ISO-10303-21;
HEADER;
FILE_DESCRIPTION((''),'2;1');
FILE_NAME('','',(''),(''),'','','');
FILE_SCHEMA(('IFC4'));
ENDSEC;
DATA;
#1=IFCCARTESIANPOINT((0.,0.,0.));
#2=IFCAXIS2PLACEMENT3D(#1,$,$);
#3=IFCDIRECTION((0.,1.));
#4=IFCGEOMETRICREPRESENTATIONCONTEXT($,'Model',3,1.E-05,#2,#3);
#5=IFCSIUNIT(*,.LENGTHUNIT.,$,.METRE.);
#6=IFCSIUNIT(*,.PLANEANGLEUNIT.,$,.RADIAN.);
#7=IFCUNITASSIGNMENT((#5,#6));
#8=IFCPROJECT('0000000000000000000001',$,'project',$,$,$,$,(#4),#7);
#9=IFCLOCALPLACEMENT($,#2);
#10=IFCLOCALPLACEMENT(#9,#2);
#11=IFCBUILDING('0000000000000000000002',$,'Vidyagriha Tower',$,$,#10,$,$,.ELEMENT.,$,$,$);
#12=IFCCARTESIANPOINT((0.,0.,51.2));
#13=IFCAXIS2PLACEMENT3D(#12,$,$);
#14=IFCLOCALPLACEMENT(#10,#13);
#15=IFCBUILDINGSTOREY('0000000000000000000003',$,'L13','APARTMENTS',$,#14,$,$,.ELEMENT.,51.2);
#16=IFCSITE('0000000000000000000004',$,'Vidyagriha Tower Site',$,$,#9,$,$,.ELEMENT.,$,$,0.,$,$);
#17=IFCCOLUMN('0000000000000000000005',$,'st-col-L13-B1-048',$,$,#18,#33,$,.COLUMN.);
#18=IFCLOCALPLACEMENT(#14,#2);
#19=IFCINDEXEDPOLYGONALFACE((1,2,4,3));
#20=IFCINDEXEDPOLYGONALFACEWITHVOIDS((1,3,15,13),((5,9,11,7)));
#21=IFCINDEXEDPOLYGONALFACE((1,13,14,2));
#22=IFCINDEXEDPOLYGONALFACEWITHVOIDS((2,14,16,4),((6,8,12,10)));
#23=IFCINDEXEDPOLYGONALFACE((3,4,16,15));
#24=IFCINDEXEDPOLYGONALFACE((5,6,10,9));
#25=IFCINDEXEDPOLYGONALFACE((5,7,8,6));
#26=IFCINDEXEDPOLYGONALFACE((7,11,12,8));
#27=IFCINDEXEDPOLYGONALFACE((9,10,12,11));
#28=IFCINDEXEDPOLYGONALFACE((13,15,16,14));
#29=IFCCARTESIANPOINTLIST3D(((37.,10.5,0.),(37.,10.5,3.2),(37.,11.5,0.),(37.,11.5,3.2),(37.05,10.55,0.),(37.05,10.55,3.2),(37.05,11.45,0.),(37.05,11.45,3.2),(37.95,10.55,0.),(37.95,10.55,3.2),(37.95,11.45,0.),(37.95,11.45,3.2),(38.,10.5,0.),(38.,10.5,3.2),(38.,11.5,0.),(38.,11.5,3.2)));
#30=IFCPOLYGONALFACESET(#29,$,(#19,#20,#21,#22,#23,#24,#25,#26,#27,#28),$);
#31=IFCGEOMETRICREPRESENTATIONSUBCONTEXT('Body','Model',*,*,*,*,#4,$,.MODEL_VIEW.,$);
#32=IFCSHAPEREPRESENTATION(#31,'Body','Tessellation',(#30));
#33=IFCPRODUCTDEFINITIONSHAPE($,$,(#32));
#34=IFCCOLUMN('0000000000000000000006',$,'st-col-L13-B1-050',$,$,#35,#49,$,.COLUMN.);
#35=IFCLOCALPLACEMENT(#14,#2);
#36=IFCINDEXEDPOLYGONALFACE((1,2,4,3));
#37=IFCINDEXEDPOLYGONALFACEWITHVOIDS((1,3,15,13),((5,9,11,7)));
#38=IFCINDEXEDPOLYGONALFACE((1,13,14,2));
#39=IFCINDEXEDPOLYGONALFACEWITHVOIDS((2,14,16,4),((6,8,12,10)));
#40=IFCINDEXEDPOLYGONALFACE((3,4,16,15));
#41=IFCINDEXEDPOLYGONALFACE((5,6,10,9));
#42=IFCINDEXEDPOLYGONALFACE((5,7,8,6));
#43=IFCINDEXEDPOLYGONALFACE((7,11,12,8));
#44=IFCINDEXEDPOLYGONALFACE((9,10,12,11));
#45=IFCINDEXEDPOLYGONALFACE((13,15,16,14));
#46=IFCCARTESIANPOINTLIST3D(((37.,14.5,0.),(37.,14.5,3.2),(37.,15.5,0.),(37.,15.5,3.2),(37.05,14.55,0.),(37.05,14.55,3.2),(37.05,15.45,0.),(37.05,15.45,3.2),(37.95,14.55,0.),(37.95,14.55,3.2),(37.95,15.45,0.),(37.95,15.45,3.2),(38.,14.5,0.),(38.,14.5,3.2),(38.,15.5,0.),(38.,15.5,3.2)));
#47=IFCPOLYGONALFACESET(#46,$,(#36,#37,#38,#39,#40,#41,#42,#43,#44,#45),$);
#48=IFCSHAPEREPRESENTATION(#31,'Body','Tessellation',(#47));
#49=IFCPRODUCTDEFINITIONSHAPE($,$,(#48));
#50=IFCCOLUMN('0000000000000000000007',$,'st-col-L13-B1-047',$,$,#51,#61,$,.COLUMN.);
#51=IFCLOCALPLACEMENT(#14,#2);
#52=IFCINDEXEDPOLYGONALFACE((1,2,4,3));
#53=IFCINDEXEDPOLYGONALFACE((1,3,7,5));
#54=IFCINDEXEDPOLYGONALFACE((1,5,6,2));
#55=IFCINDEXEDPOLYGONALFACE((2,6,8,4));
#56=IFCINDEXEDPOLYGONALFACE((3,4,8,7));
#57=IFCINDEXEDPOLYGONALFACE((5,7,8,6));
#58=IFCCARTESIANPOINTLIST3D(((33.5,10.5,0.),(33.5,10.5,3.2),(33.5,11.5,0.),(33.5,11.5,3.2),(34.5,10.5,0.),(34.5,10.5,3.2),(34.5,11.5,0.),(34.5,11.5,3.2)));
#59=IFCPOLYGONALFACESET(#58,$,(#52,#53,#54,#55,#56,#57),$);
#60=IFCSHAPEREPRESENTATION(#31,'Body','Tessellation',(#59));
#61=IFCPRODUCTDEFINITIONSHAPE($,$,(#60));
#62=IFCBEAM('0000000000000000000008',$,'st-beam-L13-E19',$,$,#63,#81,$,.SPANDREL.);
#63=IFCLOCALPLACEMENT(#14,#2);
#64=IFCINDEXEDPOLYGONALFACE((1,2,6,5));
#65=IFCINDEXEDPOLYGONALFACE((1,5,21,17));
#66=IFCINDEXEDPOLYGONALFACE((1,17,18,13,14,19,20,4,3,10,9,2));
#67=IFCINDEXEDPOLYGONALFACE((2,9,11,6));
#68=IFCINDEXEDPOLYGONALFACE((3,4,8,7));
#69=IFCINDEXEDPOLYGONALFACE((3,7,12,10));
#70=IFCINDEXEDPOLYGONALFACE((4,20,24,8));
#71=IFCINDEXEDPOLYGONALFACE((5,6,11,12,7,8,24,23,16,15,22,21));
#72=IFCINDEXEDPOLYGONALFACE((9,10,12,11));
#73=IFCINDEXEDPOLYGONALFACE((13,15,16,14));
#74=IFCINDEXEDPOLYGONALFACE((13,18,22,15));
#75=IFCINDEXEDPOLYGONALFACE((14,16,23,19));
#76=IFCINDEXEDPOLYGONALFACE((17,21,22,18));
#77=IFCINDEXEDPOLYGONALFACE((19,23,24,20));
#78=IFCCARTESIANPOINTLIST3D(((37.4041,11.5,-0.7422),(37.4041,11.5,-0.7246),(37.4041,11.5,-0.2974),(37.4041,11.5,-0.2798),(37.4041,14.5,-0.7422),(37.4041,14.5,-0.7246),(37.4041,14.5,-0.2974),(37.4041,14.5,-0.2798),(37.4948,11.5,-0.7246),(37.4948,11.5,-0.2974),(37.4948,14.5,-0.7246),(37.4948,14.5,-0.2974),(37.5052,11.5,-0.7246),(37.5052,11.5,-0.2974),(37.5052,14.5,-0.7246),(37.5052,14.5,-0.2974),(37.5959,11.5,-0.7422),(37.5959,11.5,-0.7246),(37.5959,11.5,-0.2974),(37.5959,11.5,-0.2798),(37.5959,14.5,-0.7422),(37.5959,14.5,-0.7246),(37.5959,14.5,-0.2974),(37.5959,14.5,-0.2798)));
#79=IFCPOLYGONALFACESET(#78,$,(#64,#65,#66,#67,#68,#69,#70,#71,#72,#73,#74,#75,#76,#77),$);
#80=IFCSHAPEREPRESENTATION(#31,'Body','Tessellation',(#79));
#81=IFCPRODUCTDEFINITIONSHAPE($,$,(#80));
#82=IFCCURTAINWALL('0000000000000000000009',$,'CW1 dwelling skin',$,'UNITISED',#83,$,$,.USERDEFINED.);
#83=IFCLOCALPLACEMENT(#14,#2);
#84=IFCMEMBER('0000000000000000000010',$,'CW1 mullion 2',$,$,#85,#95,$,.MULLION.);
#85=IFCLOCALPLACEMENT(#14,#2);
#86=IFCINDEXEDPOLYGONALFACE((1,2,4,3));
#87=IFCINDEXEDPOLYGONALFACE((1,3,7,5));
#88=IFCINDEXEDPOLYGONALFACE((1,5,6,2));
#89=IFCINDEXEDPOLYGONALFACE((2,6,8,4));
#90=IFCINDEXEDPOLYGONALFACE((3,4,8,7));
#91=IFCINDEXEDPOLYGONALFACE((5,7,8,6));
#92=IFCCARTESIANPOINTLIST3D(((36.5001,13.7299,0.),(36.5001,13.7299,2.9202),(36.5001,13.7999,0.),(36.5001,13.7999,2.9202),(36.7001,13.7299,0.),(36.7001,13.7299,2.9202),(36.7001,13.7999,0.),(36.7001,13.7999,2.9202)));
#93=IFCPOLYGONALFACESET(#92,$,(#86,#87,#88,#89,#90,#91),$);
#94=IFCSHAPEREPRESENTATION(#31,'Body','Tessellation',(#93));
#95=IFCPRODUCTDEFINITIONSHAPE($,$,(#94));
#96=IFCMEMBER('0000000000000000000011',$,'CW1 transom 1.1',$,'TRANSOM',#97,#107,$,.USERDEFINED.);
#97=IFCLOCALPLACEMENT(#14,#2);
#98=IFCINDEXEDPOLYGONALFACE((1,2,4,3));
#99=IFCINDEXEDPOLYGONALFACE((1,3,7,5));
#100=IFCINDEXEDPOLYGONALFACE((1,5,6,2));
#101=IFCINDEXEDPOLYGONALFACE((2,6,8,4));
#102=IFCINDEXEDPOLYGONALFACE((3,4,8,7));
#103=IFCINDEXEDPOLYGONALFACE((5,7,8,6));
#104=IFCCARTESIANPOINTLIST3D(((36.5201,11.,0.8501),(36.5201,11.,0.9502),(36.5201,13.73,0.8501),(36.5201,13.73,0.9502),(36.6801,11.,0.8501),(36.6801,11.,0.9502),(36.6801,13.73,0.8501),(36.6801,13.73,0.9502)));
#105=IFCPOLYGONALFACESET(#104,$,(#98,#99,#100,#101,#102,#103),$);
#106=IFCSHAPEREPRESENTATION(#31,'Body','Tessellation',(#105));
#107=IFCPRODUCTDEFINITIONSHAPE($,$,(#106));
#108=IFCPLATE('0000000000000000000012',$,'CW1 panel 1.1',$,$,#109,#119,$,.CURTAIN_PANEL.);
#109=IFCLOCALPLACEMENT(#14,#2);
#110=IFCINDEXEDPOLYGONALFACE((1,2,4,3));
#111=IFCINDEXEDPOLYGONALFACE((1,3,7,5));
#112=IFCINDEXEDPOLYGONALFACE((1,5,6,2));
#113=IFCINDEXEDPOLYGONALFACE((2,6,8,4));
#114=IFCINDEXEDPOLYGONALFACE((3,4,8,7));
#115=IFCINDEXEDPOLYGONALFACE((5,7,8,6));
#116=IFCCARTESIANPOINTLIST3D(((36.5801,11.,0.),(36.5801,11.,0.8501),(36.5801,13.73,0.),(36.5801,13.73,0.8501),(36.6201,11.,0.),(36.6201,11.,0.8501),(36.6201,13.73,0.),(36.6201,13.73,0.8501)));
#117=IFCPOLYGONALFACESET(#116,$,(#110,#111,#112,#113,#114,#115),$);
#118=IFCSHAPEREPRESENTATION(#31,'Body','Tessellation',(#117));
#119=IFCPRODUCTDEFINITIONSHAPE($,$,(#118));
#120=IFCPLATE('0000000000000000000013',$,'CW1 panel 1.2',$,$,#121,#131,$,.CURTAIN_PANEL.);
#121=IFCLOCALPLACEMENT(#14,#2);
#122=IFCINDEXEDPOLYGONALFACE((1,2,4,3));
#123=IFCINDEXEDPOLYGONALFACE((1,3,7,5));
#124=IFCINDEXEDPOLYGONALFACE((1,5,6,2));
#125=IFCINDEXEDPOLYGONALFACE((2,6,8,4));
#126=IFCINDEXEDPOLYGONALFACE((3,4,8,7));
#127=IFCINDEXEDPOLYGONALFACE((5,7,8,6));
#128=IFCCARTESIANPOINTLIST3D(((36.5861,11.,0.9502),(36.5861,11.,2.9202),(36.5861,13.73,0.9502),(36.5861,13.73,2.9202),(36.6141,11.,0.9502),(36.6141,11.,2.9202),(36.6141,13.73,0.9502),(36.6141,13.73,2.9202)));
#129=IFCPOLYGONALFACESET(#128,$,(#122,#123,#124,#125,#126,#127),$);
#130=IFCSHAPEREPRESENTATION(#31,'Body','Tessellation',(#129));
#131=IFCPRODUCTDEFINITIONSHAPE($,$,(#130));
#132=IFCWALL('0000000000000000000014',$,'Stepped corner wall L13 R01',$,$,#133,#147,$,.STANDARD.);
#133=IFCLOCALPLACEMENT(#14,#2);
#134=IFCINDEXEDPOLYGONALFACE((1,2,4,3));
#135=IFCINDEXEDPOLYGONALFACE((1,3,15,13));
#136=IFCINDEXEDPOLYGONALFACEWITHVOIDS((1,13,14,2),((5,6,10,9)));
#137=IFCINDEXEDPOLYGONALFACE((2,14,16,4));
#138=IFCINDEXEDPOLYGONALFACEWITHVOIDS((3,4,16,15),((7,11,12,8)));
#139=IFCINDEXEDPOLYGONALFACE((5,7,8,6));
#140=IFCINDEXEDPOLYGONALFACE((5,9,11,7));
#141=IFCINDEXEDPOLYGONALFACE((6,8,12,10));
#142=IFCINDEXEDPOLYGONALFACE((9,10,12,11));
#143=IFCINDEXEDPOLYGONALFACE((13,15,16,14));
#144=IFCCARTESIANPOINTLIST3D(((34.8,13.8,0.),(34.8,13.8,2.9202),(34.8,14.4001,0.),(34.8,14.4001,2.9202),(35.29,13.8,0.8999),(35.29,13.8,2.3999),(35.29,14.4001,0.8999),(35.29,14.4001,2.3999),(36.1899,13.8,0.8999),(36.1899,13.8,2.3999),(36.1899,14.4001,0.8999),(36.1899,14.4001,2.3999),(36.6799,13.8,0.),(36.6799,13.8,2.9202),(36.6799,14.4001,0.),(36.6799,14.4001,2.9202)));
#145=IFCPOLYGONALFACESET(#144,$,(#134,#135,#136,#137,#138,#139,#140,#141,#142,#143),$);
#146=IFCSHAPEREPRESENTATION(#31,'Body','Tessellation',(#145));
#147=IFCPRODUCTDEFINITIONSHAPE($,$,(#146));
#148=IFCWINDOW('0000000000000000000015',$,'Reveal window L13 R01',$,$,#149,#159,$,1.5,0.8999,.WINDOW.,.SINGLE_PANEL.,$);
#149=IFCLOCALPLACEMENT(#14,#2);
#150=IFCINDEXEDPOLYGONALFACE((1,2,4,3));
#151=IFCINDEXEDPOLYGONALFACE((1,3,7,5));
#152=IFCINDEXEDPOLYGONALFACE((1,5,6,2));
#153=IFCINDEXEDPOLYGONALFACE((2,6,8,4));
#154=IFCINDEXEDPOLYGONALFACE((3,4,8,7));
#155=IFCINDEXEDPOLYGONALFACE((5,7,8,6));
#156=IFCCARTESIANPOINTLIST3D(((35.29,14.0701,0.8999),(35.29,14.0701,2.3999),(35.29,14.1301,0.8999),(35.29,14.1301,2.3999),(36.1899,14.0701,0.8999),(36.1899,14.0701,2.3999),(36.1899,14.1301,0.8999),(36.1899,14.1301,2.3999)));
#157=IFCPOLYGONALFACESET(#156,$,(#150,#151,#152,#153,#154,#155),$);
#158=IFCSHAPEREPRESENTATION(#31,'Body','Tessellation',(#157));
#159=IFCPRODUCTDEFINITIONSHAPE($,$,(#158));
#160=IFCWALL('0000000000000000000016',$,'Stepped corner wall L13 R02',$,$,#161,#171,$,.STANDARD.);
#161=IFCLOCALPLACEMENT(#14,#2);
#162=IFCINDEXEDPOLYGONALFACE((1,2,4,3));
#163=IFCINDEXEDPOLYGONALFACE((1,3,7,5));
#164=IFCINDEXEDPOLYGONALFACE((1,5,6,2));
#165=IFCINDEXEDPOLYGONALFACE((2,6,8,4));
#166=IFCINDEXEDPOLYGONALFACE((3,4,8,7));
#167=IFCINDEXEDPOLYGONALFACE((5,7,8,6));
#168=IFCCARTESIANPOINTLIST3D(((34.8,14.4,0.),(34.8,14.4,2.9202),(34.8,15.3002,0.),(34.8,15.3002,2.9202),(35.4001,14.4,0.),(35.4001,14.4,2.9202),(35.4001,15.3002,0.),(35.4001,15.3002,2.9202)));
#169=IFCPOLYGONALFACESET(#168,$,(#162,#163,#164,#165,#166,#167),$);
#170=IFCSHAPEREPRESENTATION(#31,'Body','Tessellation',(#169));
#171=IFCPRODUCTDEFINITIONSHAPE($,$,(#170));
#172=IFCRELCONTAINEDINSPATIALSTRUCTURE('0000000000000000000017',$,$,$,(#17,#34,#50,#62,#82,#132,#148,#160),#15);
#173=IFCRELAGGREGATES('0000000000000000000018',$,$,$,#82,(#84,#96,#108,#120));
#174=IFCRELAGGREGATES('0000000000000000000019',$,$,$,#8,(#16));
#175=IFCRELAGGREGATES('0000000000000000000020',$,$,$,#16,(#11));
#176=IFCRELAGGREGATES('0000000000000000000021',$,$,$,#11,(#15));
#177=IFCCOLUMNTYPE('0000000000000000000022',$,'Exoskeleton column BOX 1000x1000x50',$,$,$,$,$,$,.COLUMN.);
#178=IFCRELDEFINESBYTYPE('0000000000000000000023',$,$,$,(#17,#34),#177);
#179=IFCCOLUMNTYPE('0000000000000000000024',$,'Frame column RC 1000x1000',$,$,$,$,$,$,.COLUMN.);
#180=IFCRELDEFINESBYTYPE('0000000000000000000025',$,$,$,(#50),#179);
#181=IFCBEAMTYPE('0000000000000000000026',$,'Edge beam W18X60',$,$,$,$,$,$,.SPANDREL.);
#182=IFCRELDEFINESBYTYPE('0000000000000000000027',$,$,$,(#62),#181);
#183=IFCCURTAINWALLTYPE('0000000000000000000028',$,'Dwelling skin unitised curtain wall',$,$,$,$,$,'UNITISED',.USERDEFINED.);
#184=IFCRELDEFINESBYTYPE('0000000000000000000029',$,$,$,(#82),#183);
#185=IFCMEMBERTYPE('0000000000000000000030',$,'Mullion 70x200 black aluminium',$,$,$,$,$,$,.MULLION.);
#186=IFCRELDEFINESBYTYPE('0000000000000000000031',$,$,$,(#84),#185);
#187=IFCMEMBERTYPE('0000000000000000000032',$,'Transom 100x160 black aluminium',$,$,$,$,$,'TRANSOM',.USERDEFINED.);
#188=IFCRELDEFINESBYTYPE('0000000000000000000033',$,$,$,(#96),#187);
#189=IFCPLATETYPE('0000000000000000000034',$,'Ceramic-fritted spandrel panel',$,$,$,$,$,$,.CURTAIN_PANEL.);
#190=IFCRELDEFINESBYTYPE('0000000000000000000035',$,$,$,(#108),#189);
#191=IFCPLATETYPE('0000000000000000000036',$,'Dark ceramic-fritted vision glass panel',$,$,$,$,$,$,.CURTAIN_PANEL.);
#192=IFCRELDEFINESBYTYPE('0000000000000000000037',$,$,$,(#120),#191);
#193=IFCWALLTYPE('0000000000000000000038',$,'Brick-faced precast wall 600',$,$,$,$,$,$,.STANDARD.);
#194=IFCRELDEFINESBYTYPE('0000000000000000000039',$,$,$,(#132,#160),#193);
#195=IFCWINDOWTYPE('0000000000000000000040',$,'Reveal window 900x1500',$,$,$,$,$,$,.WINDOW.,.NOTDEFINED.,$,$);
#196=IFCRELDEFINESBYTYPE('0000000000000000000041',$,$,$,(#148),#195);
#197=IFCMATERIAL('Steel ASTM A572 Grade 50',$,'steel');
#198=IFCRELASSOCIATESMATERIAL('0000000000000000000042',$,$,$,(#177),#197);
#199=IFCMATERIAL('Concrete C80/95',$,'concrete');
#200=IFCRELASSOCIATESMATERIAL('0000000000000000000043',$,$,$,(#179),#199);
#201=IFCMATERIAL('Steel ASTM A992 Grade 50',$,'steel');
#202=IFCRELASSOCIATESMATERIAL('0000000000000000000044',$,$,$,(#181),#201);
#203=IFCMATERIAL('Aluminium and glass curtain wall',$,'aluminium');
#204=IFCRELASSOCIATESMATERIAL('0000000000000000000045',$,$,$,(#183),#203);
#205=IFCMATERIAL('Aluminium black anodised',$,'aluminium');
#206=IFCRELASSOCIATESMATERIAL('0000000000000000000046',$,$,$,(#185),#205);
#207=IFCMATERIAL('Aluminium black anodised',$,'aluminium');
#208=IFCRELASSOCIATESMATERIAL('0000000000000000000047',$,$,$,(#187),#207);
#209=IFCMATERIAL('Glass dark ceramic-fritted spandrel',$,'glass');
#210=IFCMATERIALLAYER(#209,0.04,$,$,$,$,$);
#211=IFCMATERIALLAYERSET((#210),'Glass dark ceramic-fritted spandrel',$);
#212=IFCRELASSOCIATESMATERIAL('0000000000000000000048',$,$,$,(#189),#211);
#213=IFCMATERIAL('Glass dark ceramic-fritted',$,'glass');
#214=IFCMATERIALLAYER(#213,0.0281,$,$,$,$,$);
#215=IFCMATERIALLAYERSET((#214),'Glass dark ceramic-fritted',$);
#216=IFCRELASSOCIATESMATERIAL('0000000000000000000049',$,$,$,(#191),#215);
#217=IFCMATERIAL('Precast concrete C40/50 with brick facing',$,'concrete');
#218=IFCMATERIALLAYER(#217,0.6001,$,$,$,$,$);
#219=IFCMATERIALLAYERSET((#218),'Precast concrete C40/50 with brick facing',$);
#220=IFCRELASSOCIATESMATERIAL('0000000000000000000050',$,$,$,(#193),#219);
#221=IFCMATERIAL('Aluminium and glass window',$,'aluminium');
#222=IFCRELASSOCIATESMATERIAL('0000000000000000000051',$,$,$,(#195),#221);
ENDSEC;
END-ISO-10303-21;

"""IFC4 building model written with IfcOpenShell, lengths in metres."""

from ifc_helpers import new_model, si_unit, direction, frame, frame_2d, origin, origin_2d, place, context, subcontext, project, spatial, rectangle, hollow_rectangle, i_section, extrude, material, layer, layer_set, material_profile, profile_set, type_object, element, fill, aggregate, save


model = new_model("IFC4")

# Units and contexts
model_context = context("Model", 3, precision=1e-05, world=origin(), true_north=direction((0.0, 1.0)))
body_context = subcontext(model_context, "Body", "Model", "MODEL_VIEW")
ifc_project = project(units=[si_unit("LENGTHUNIT", "METRE"), si_unit("PLANEANGLEUNIT", "RADIAN")], contexts=[model_context])

# Site, building, storey
site_placement = place(None, origin())
site = spatial("IfcSite", under=ifc_project, at=site_placement, Name="Vidyagriha Tower Site", CompositionType="ELEMENT", RefElevation=0.0)
building_placement = place(site_placement, origin())
building = spatial("IfcBuilding", under=site, at=building_placement, Name="Vidyagriha Tower", CompositionType="ELEMENT")
storey_placement = place(building_placement, frame((0.0, 0.0, 51.2)))
storey = spatial("IfcBuildingStorey", under=building, at=storey_placement, Name="L13", Description="APARTMENTS", CompositionType="ELEMENT", Elevation=51.2)

# Columns
ifc_material_1 = material(Name="Steel ASTM A572 Grade 50", Category="steel")
ifc_material_profile_1 = material_profile(ifc_material_1, hollow_rectangle(XDim=1.0, YDim=1.0, WallThickness=0.05, at=origin_2d()), Name="BOX 1000x1000x50")
ifc_profile_set_1 = profile_set([ifc_material_profile_1], Name="Steel ASTM A572 Grade 50")
column_type_1 = type_object("IfcColumnType", Name="Exoskeleton column BOX 1000x1000x50", PredefinedType="COLUMN", material=ifc_profile_set_1)
for number, where, name in (
    (1, (37.5, 11.0, 0.0), "st-col-L13-B1-048"),
    (2, (37.5, 15.0, 0.0), "st-col-L13-B1-050"),
):
    element("IfcColumn", number, at=place(storey_placement, frame(where)), inside=storey, type_object=column_type_1, Name=name, PredefinedType="COLUMN", context=body_context, shape_type="SweptSolid", body=[
        extrude(hollow_rectangle(XDim=1.0, YDim=1.0, WallThickness=0.05, at=origin_2d()), origin(), (0.0, 0.0, 1.0), 3.2),
    ])
ifc_material_2 = material(Name="Concrete C80/95", Category="concrete")
ifc_material_profile_2 = material_profile(ifc_material_2, rectangle(XDim=1.0, YDim=1.0, at=origin_2d()), Name="RC 1000x1000")
ifc_profile_set_2 = profile_set([ifc_material_profile_2], Name="Concrete C80/95")
column_type_2 = type_object("IfcColumnType", Name="Frame column RC 1000x1000", PredefinedType="COLUMN", material=ifc_profile_set_2)
column_placement = place(storey_placement, frame((34.0, 11.0, 0.0)))
element("IfcColumn", 3, at=column_placement, inside=storey, type_object=column_type_2, Name="st-col-L13-B1-047", PredefinedType="COLUMN", context=body_context, shape_type="SweptSolid", body=[
    extrude(rectangle(XDim=1.0, YDim=1.0, at=origin_2d()), origin(), (0.0, 0.0, 1.0), 3.2),
])

# Beam
ifc_material_3 = material(Name="Steel ASTM A992 Grade 50", Category="steel")
ifc_material_profile_3 = material_profile(ifc_material_3, i_section(OverallWidth=0.1919, OverallDepth=0.4624, WebThickness=0.0105, FlangeThickness=0.0176, at=origin_2d()), Name="W18X60")
ifc_profile_set_3 = profile_set([ifc_material_profile_3], Name="Steel ASTM A992 Grade 50")
beam_type = type_object("IfcBeamType", Name="Edge beam W18X60", PredefinedType="SPANDREL", material=ifc_profile_set_3)
beam_placement = place(storey_placement, frame((37.5, 11.5, -0.511), z_axis=(0.0, 1.0, 0.0), x_axis=(-1.0, 0.0, 0.0)))
element("IfcBeam", 4, at=beam_placement, inside=storey, type_object=beam_type, Name="st-beam-L13-E19", PredefinedType="SPANDREL", context=body_context, shape_type="SweptSolid", body=[
    extrude(i_section(OverallWidth=0.1919, OverallDepth=0.4624, WebThickness=0.0105, FlangeThickness=0.0176, at=origin_2d()), origin(), (0.0, 0.0, 1.0), 3.0),
])

# Curtain wall, members, plates
ifc_material_4 = material(Name="Aluminium and glass curtain wall", Category="aluminium")
curtain_wall_type = type_object("IfcCurtainWallType", Name="Dwelling skin unitised curtain wall", ElementType="UNITISED", PredefinedType="USERDEFINED", material=ifc_material_4)
curtain_wall_placement = place(storey_placement, origin())
curtain_wall = element("IfcCurtainWall", 5, at=curtain_wall_placement, inside=storey, type_object=curtain_wall_type, Name="CW1 dwelling skin", ObjectType="UNITISED", PredefinedType="USERDEFINED")
ifc_material_5 = material(Name="Aluminium black anodised", Category="aluminium")
ifc_material_profile_4 = material_profile(ifc_material_5, rectangle(XDim=0.2, YDim=0.0701, at=origin_2d()), Name="Mullion 70x200 black aluminium")
ifc_profile_set_4 = profile_set([ifc_material_profile_4], Name="Aluminium black anodised")
member_type_1 = type_object("IfcMemberType", Name="Mullion 70x200 black aluminium", PredefinedType="MULLION", material=ifc_profile_set_4)
member_1_placement = place(storey_placement, frame((36.6001, 13.7649, 0.0), z_axis=(0.0, 0.0, 1.0), x_axis=(-1.0, 0.0, 0.0)))
member_1 = element("IfcMember", 6, at=member_1_placement, type_object=member_type_1, Name="CW1 mullion 2", PredefinedType="MULLION", context=body_context, shape_type="SweptSolid", body=[
    extrude(rectangle(XDim=0.2, YDim=0.0701, at=origin_2d()), origin(), (0.0, 0.0, 1.0), 2.9202),
])
ifc_material_6 = material(Name="Aluminium black anodised", Category="aluminium")
ifc_material_profile_5 = material_profile(ifc_material_6, rectangle(XDim=0.1599, YDim=0.1001, at=origin_2d()), Name="Transom 100x160 black aluminium")
ifc_profile_set_5 = profile_set([ifc_material_profile_5], Name="Aluminium black anodised")
member_type_2 = type_object("IfcMemberType", Name="Transom 100x160 black aluminium", ElementType="TRANSOM", PredefinedType="USERDEFINED", material=ifc_profile_set_5)
member_2_placement = place(storey_placement, frame((36.6001, 11.0, 0.9001), z_axis=(0.0, 1.0, 0.0), x_axis=(-1.0, 0.0, 0.0)))
member_2 = element("IfcMember", 7, at=member_2_placement, type_object=member_type_2, Name="CW1 transom 1.1", ObjectType="TRANSOM", PredefinedType="USERDEFINED", context=body_context, shape_type="SweptSolid", body=[
    extrude(rectangle(XDim=0.1599, YDim=0.1001, at=origin_2d()), origin(), (0.0, 0.0, 1.0), 2.73),
])
ifc_material_7 = material(Name="Glass dark ceramic-fritted spandrel", Category="glass")
ifc_layer_1 = layer(ifc_material_7, 0.04)
ifc_layer_set_1 = layer_set([ifc_layer_1], Name="Glass dark ceramic-fritted spandrel")
plate_type_1 = type_object("IfcPlateType", Name="Ceramic-fritted spandrel panel", PredefinedType="CURTAIN_PANEL", material=ifc_layer_set_1)
plate_1_placement = place(storey_placement, frame((36.6001, 12.365, 0.0), z_axis=(0.0, 0.0, 1.0), x_axis=(0.0, 1.0, 0.0)))
plate_1 = element("IfcPlate", 8, at=plate_1_placement, type_object=plate_type_1, Name="CW1 panel 1.1", PredefinedType="CURTAIN_PANEL", context=body_context, shape_type="SweptSolid", body=[
    extrude(rectangle(XDim=2.73, YDim=0.04, at=origin_2d()), origin(), (0.0, 0.0, 1.0), 0.8501),
])
ifc_material_8 = material(Name="Glass dark ceramic-fritted", Category="glass")
ifc_layer_2 = layer(ifc_material_8, 0.0281)
ifc_layer_set_2 = layer_set([ifc_layer_2], Name="Glass dark ceramic-fritted")
plate_type_2 = type_object("IfcPlateType", Name="Dark ceramic-fritted vision glass panel", PredefinedType="CURTAIN_PANEL", material=ifc_layer_set_2)
plate_2_placement = place(storey_placement, frame((36.6001, 12.365, 0.9502), z_axis=(0.0, 0.0, 1.0), x_axis=(0.0, 1.0, 0.0)))
plate_2 = element("IfcPlate", 9, at=plate_2_placement, type_object=plate_type_2, Name="CW1 panel 1.2", PredefinedType="CURTAIN_PANEL", context=body_context, shape_type="SweptSolid", body=[
    extrude(rectangle(XDim=2.73, YDim=0.0281, at=origin_2d()), origin(), (0.0, 0.0, 1.0), 1.97),
])
aggregate(curtain_wall, [member_1, member_2, plate_1, plate_2])

# Wall, opening, window
ifc_material_9 = material(Name="Precast concrete C40/50 with brick facing", Category="concrete")
ifc_layer_3 = layer(ifc_material_9, 0.6001)
ifc_layer_set_3 = layer_set([ifc_layer_3], Name="Precast concrete C40/50 with brick facing")
wall_type_1 = type_object("IfcWallType", Name="Brick-faced precast wall 600", PredefinedType="STANDARD", material=ifc_layer_set_3)
wall_1_placement = place(storey_placement, frame((36.6799, 14.1001, 0.0), z_axis=(0.0, 0.0, 1.0), x_axis=(-1.0, 0.0, 0.0)))
wall_1 = element("IfcWall", 10, at=wall_1_placement, inside=storey, type_object=wall_type_1, Name="Stepped corner wall L13 R01", PredefinedType="STANDARD", context=body_context, shape_type="SweptSolid", body=[
    extrude(rectangle(XDim=1.8799, YDim=0.6001, at=frame_2d((0.9399, 0.0))), origin(), (0.0, 0.0, 1.0), 2.9202),
])
opening_1_placement = place(wall_1_placement, frame((0.49, 0.0, 0.8999)))
opening_1 = element("IfcOpeningElement", 11, at=opening_1_placement, cuts=wall_1, PredefinedType="OPENING", context=body_context, shape_type="SweptSolid", body=[
    extrude(rectangle(XDim=0.8999, YDim=1.5, at=frame_2d((0.45, 0.75))), frame((0.0, 0.3101, 0.0), z_axis=(0.0, -1.0, 0.0), x_axis=(1.0, 0.0, 0.0)), (0.0, 0.0, 1.0), 0.6201),
])
ifc_material_10 = material(Name="Aluminium and glass window", Category="aluminium")
window_type = type_object("IfcWindowType", Name="Reveal window 900x1500", PartitioningType="NOTDEFINED", PredefinedType="WINDOW", material=ifc_material_10)
window_1_placement = place(opening_1_placement, origin())
window_1 = element("IfcWindow", 12, at=window_1_placement, inside=storey, type_object=window_type, Name="Reveal window L13 R01", OverallHeight=1.5, OverallWidth=0.8999, PartitioningType="SINGLE_PANEL", PredefinedType="WINDOW", context=body_context, shape_type="SweptSolid", body=[
    extrude(rectangle(XDim=0.8999, YDim=1.5, at=frame_2d((0.45, 0.75))), frame((0.0, 0.03, 0.0), z_axis=(0.0, -1.0, 0.0), x_axis=(1.0, 0.0, 0.0)), (0.0, 0.0, 1.0), 0.0601),
])
fill(opening_1, window_1)

# Wall
wall_2_placement = place(storey_placement, frame((35.1001, 14.3999, 0.0), z_axis=(0.0, 0.0, 1.0), x_axis=(0.0, 1.0, 0.0)))
element("IfcWall", 13, at=wall_2_placement, inside=storey, type_object=wall_type_1, Name="Stepped corner wall L13 R02", PredefinedType="STANDARD", context=body_context, shape_type="SweptSolid", body=[
    extrude(rectangle(XDim=0.9001, YDim=0.6001, at=frame_2d((0.4502, 0.0))), origin(), (0.0, 0.0, 1.0), 2.9202),
])

save(model, "model.ifc")
